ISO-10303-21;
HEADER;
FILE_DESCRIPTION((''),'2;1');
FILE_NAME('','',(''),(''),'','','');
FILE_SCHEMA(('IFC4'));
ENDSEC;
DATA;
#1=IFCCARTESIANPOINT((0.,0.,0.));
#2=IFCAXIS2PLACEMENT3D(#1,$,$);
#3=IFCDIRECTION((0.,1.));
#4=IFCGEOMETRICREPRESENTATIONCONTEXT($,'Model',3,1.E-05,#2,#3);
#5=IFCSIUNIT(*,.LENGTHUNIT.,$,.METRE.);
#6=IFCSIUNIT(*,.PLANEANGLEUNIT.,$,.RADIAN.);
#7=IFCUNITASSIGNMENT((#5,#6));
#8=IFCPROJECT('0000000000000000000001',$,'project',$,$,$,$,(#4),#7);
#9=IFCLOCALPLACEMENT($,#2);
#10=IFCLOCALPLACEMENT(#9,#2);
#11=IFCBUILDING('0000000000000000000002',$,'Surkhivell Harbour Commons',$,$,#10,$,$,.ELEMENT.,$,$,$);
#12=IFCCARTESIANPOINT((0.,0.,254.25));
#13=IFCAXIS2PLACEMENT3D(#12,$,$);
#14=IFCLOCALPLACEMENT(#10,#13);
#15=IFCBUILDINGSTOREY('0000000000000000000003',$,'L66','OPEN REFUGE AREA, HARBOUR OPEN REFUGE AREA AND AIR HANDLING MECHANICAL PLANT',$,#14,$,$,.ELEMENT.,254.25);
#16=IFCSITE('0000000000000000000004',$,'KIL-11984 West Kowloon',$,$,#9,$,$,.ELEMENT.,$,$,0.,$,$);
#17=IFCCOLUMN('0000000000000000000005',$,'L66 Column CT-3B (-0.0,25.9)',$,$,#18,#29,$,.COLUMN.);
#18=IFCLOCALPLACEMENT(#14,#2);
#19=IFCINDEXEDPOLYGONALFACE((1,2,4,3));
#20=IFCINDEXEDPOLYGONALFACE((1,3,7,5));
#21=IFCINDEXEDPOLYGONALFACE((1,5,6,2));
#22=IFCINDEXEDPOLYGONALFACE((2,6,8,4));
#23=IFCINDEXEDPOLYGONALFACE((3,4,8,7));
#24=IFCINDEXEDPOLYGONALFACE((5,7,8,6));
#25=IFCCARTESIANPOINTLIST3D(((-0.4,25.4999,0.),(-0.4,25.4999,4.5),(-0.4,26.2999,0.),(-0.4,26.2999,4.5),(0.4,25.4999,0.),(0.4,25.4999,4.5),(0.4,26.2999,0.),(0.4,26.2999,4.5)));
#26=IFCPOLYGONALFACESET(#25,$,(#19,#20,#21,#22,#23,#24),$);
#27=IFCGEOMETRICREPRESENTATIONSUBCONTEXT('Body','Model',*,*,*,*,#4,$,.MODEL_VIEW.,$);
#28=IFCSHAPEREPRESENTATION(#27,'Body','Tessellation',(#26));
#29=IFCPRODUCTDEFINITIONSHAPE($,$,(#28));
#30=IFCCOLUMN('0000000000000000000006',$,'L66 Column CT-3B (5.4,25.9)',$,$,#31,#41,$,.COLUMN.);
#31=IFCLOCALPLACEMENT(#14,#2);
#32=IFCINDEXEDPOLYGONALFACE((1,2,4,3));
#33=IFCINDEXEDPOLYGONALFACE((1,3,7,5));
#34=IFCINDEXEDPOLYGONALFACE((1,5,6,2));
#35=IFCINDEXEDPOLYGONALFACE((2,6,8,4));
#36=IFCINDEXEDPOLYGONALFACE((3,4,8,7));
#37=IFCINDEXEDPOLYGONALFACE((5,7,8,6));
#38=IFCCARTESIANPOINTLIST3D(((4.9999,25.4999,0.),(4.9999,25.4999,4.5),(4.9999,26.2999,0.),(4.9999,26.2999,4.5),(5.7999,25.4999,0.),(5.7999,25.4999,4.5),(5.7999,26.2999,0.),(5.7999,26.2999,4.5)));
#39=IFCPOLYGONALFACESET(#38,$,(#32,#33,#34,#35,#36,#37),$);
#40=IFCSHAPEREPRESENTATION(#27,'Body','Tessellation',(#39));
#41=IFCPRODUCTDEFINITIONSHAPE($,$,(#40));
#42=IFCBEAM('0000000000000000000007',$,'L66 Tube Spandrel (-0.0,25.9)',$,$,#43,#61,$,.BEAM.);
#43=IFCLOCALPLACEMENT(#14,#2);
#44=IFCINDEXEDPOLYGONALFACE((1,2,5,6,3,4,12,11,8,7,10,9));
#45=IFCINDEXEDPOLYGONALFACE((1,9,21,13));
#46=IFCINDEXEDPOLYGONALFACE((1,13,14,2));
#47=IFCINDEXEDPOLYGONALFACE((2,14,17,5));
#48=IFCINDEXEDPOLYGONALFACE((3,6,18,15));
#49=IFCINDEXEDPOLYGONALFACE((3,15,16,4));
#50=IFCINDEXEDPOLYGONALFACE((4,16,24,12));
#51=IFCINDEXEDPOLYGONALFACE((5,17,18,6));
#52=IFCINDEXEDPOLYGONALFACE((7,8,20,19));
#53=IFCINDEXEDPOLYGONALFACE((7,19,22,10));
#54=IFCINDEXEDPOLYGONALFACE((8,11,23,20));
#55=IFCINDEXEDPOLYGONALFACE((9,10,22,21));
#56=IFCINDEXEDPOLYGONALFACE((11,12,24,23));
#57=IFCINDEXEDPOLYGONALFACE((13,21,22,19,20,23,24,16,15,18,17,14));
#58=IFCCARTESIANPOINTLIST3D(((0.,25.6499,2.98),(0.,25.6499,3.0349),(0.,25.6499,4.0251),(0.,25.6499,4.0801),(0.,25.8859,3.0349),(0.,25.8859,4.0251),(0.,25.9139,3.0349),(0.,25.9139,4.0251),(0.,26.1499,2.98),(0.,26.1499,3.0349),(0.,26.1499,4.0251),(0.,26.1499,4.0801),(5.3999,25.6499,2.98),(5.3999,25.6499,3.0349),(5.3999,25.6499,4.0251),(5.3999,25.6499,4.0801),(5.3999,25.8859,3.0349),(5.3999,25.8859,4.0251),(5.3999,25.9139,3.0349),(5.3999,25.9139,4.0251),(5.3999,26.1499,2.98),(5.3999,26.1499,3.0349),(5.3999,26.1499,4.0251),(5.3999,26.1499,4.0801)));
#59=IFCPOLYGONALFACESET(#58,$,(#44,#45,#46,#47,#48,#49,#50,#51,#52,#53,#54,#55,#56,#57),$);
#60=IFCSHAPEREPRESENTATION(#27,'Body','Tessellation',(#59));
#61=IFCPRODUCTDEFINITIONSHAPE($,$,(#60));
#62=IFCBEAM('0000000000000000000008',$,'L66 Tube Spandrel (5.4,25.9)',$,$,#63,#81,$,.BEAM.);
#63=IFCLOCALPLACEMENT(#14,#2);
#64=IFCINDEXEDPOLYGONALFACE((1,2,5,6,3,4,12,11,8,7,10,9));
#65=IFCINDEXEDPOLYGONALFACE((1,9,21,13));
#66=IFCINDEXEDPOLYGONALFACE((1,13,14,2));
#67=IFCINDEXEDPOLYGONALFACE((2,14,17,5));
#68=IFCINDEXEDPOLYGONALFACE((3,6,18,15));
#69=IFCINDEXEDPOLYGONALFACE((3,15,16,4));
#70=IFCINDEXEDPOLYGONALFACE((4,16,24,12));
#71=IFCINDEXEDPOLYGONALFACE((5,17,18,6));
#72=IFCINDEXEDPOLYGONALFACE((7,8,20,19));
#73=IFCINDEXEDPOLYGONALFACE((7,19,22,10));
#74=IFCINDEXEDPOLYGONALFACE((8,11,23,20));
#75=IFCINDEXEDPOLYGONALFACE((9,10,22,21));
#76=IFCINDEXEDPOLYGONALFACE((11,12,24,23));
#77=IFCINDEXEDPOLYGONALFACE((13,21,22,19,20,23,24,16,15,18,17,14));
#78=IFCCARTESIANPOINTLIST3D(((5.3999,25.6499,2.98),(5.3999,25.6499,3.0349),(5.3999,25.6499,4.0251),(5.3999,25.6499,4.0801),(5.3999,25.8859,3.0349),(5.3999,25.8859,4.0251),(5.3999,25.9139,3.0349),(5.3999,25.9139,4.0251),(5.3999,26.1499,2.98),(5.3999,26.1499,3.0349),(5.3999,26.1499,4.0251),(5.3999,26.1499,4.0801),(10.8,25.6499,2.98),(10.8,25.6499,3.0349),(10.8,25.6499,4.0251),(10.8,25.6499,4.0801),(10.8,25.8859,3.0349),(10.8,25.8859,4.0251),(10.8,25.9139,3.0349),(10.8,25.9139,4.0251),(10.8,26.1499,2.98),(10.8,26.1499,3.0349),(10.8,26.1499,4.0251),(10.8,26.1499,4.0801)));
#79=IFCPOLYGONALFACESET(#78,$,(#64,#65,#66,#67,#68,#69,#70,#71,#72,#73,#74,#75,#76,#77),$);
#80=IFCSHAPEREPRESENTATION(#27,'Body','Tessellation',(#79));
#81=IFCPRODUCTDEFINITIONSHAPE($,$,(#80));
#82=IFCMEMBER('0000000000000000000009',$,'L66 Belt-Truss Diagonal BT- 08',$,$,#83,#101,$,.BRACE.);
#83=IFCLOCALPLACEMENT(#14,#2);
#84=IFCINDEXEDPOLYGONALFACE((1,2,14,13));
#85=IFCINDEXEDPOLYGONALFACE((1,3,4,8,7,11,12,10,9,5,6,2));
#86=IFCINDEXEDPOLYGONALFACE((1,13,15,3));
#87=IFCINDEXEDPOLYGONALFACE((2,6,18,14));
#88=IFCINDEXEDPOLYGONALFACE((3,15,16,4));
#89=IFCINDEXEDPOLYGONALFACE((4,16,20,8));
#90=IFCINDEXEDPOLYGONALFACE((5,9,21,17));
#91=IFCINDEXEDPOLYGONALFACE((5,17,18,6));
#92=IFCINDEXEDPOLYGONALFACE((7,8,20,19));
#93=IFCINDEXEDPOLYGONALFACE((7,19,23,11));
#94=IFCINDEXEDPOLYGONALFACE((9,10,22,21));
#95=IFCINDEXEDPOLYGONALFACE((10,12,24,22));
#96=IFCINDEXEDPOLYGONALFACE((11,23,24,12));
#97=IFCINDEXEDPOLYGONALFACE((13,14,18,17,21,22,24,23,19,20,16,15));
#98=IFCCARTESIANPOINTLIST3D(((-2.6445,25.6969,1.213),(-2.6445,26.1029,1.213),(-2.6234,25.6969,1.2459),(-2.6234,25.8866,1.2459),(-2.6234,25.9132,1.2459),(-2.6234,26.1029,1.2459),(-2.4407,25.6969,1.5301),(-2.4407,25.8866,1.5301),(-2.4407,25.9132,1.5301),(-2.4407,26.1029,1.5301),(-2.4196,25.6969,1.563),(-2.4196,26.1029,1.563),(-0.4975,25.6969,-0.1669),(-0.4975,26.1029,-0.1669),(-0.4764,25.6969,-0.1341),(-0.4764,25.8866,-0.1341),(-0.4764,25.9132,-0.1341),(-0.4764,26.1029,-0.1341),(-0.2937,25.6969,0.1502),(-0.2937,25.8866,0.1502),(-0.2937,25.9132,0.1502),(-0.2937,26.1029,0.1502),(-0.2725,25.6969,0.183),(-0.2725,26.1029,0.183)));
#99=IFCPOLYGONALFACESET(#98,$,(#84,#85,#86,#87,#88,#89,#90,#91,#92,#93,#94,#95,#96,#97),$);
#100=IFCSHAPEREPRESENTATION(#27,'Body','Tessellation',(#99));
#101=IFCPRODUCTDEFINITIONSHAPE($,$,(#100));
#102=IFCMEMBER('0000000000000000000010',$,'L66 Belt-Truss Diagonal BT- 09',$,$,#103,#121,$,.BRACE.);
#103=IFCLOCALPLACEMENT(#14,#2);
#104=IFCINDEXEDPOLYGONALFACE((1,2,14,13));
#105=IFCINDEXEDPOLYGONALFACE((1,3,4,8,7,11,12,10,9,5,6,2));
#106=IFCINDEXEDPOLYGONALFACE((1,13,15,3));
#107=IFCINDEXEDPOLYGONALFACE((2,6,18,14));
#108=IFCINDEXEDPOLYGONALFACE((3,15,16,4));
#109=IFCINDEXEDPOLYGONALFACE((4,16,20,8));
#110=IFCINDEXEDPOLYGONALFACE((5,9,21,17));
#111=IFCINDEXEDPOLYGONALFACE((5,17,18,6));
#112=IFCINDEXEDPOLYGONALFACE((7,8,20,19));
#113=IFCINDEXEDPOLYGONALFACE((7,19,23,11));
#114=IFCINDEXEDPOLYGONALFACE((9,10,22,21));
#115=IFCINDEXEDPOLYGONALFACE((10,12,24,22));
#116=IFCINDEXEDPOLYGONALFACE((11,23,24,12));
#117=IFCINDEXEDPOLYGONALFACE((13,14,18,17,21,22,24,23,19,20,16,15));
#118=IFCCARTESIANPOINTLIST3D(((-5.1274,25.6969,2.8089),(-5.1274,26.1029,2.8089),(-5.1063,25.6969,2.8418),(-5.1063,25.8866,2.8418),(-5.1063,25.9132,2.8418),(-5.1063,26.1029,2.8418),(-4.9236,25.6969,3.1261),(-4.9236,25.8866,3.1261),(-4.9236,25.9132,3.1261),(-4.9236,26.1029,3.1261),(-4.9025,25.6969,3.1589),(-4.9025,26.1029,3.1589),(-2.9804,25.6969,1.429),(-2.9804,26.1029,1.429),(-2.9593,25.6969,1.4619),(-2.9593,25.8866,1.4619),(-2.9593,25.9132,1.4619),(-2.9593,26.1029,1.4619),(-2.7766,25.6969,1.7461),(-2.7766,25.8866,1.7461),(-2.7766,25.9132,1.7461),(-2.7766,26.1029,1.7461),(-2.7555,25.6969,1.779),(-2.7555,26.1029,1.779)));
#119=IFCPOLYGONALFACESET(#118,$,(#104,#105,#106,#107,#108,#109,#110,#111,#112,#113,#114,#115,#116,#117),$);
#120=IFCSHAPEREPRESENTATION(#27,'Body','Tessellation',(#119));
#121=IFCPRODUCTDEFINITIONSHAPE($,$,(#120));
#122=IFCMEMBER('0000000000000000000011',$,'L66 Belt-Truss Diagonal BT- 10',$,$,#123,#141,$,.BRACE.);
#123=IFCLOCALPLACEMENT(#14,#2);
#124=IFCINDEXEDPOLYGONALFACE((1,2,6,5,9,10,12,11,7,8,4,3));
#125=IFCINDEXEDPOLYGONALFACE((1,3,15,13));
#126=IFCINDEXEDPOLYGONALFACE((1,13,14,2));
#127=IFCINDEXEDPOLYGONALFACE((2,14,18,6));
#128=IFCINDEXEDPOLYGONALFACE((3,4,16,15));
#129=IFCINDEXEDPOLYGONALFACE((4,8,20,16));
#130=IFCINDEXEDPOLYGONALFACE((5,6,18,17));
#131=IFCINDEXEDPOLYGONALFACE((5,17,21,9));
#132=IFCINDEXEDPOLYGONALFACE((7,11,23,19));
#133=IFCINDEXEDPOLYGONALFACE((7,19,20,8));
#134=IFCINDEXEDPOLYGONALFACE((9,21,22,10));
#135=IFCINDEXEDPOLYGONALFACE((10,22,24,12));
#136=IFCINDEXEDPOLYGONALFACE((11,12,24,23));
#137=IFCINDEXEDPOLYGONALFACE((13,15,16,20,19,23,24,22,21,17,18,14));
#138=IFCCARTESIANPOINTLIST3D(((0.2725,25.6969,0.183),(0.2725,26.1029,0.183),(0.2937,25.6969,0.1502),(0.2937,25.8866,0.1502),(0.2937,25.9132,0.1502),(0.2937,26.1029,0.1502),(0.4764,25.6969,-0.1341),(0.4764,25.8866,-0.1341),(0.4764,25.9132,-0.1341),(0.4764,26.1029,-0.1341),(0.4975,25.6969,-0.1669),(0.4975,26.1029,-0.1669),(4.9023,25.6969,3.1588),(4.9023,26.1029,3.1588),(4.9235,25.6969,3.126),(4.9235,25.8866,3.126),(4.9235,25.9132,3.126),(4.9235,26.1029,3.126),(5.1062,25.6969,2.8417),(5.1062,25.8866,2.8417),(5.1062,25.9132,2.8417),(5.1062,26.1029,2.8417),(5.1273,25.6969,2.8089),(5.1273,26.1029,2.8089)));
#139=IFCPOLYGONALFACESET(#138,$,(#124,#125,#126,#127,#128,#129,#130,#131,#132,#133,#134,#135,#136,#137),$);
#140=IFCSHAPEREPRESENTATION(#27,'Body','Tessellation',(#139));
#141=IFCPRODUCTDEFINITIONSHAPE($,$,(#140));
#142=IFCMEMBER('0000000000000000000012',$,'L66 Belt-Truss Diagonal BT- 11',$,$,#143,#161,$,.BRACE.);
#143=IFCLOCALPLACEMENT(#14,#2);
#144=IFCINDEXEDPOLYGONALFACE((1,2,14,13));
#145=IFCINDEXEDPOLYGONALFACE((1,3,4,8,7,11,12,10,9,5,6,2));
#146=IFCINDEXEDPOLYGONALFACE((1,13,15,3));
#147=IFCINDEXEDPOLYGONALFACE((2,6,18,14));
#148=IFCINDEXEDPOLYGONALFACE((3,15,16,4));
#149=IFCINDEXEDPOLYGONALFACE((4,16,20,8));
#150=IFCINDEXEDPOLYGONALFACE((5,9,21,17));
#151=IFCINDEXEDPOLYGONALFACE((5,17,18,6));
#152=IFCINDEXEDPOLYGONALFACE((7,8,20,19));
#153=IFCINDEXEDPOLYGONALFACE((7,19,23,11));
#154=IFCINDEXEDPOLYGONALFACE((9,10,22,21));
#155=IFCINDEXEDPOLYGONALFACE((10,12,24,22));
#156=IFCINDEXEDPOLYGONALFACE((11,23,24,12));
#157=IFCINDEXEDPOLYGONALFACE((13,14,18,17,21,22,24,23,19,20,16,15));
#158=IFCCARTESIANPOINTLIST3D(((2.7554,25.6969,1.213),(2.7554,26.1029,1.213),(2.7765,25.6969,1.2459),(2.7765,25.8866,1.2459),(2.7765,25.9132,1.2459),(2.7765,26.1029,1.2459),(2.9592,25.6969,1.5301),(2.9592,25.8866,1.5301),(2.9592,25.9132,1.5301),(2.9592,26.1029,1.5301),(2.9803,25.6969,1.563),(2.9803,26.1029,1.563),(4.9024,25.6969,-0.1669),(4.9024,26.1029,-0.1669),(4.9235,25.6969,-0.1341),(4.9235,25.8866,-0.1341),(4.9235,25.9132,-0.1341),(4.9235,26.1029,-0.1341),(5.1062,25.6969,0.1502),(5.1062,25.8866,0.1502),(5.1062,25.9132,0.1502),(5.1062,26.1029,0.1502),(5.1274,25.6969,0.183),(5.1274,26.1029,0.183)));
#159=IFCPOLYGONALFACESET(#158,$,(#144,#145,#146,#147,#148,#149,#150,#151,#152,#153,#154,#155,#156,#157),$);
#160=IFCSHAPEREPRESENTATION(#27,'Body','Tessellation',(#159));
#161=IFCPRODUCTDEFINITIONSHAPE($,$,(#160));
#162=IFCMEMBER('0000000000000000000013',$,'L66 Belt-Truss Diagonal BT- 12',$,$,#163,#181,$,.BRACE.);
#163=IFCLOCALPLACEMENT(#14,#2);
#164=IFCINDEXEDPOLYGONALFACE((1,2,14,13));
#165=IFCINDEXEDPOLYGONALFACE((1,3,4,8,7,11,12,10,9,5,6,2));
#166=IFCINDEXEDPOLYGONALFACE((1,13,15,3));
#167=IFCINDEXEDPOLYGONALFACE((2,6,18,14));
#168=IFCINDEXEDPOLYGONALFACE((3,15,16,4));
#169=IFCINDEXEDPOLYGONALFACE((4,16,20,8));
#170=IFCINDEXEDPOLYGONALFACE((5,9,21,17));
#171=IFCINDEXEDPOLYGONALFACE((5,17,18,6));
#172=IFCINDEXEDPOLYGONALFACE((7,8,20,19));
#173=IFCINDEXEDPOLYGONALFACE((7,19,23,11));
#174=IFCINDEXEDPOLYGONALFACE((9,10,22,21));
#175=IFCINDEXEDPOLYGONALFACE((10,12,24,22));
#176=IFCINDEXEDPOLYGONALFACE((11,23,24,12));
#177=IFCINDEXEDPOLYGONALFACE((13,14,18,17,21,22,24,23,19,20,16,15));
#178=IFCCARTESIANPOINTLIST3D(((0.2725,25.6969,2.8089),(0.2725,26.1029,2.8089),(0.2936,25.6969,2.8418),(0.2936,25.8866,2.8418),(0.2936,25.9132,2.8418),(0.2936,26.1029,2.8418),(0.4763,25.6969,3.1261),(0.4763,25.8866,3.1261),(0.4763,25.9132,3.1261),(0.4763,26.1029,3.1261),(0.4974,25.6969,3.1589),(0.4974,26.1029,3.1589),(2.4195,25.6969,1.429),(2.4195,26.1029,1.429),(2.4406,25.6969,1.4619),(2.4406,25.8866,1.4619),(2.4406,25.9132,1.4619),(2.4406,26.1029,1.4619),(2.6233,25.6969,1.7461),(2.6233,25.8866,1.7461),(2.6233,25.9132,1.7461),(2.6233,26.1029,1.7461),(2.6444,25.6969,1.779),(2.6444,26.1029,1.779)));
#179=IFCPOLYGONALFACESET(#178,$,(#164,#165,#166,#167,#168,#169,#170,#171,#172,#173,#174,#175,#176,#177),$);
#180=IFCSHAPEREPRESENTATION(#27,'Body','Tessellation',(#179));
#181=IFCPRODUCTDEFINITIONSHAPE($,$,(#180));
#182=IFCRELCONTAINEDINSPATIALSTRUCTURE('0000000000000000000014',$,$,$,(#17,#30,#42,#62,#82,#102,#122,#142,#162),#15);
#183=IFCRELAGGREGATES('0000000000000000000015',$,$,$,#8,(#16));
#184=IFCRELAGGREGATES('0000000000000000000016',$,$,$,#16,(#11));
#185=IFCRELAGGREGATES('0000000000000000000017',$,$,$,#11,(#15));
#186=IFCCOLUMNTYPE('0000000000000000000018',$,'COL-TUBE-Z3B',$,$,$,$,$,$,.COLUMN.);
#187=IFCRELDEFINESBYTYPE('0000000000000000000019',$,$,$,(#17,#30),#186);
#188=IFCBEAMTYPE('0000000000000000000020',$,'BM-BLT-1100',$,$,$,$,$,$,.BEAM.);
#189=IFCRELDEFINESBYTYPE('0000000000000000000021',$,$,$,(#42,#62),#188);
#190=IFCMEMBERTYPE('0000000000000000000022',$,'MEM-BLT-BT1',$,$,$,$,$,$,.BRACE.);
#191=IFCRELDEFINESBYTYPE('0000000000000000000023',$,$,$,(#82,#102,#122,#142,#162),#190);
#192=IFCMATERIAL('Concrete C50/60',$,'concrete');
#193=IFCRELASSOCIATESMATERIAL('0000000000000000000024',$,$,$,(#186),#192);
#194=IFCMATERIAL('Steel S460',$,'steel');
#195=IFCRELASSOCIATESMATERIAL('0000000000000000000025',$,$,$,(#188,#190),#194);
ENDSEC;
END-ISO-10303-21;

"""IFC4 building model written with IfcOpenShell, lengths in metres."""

from ifc_helpers import new_model, si_unit, direction, frame, origin, origin_2d, place, context, subcontext, project, spatial, rectangle, i_section, extrude, material, material_profile, profile_set, type_object, element, save


model = new_model("IFC4")

# Units and contexts
model_context = context("Model", 3, precision=1e-05, world=origin(), true_north=direction((0.0, 1.0)))
body_context = subcontext(model_context, "Body", "Model", "MODEL_VIEW")
ifc_project = project(units=[si_unit("LENGTHUNIT", "METRE"), si_unit("PLANEANGLEUNIT", "RADIAN")], contexts=[model_context])

# Site, building, storey
site_placement = place(None, origin())
site = spatial("IfcSite", under=ifc_project, at=site_placement, Name="KIL-11984 West Kowloon", CompositionType="ELEMENT", RefElevation=0.0)
building_placement = place(site_placement, origin())
building = spatial("IfcBuilding", under=site, at=building_placement, Name="Surkhivell Harbour Commons", CompositionType="ELEMENT")
storey_placement = place(building_placement, frame((0.0, 0.0, 254.25)))
storey = spatial("IfcBuildingStorey", under=building, at=storey_placement, Name="L66", Description="OPEN REFUGE AREA, HARBOUR OPEN REFUGE AREA AND AIR HANDLING MECHANICAL PLANT", CompositionType="ELEMENT", Elevation=254.25)

# Columns
ifc_material_1 = material(Name="Concrete C50/60", Category="concrete")
ifc_material_profile_1 = material_profile(ifc_material_1, rectangle(XDim=0.8, YDim=0.8, at=origin_2d()), Name="RC-COL-800x800")
ifc_profile_set_1 = profile_set([ifc_material_profile_1], Name="Concrete C50/60")
column_type = type_object("IfcColumnType", Name="COL-TUBE-Z3B", PredefinedType="COLUMN", material=ifc_profile_set_1)
for number, where, z_axis, x_axis, name in (
    (1, (0.0, 25.8999, 0.0), (0.0, 0.0, 1.0), (1.0, 0.0, 0.0), "L66 Column CT-3B (-0.0,25.9)"),
    (2, (5.3999, 25.8999, 0.0), (0.0, 0.0, 1.0), (1.0, 0.0, 0.0), "L66 Column CT-3B (5.4,25.9)"),
):
    element("IfcColumn", number, at=place(storey_placement, frame(where, z_axis=z_axis, x_axis=x_axis)), inside=storey, type_object=column_type, Name=name, PredefinedType="COLUMN", context=body_context, shape_type="SweptSolid", body=[
        extrude(rectangle(XDim=0.8, YDim=0.8, at=origin_2d()), origin(), (0.0, 0.0, 1.0), 4.5),
    ])

# Beams
ifc_material_2 = material(Name="Steel S460", Category="steel")
ifc_material_profile_2 = material_profile(ifc_material_2, i_section(OverallWidth=0.5, OverallDepth=1.1001, WebThickness=0.0281, FlangeThickness=0.0549, at=origin_2d()), Name="WPG1100x500x210")
ifc_profile_set_2 = profile_set([ifc_material_profile_2], Name="Steel S460")
beam_type = type_object("IfcBeamType", Name="BM-BLT-1100", PredefinedType="BEAM", material=ifc_profile_set_2)
beam_1_placement = place(storey_placement, frame((0.0, 25.8999, 3.53), z_axis=(1.0, 0.0, 0.0), x_axis=(0.0, 1.0, 0.0)))
element("IfcBeam", 3, at=beam_1_placement, inside=storey, type_object=beam_type, Name="L66 Tube Spandrel (-0.0,25.9)", PredefinedType="BEAM", context=body_context, shape_type="SweptSolid", body=[
    extrude(i_section(OverallWidth=0.5, OverallDepth=1.1001, WebThickness=0.0281, FlangeThickness=0.0549, at=origin_2d()), origin(), (0.0, 0.0, 1.0), 5.3999),
])
beam_2_placement = place(storey_placement, frame((5.3999, 25.8999, 3.53), z_axis=(1.0, 0.0, 0.0), x_axis=(0.0, 1.0, 0.0)))
element("IfcBeam", 4, at=beam_2_placement, inside=storey, type_object=beam_type, Name="L66 Tube Spandrel (5.4,25.9)", PredefinedType="BEAM", context=body_context, shape_type="SweptSolid", body=[
    extrude(i_section(OverallWidth=0.5, OverallDepth=1.1001, WebThickness=0.0281, FlangeThickness=0.0549, at=origin_2d()), origin(), (0.0, 0.0, 1.0), 5.4001),
])

# Members
ifc_material_profile_3 = material_profile(ifc_material_2, i_section(OverallWidth=0.406, OverallDepth=0.416, WebThickness=0.0266, FlangeThickness=0.0391, at=origin_2d()), Name="HD400x382")
ifc_profile_set_3 = profile_set([ifc_material_profile_3], Name="Steel S460")
member_type_1 = type_object("IfcMemberType", Name="MEM-BLT-BT1", PredefinedType="BRACE", material=ifc_profile_set_3)
for number, where, z_axis, x_axis, name in (
    (5, (-0.385, 25.8999, 0.0081), (-0.841234, 0.0, 0.540671), (0.0, -1.0, 0.0), "L66 Belt-Truss Diagonal BT- 08"),
    (6, (-2.8679, 25.8999, 1.604), (-0.841234, 0.0, 0.540671), (0.0, -1.0, 0.0), "L66 Belt-Truss Diagonal BT- 09"),
):
    element("IfcMember", number, at=place(storey_placement, frame(where, z_axis=z_axis, x_axis=x_axis)), inside=storey, type_object=member_type_1, Name=name, PredefinedType="BRACE", context=body_context, shape_type="SweptSolid", body=[
        extrude(i_section(OverallWidth=0.406, OverallDepth=0.416, WebThickness=0.0266, FlangeThickness=0.0391, at=origin_2d()), origin(), (0.0, 0.0, 1.0), 2.5522),
    ])
member_1_placement = place(storey_placement, frame((0.385, 25.8999, 0.0081), z_axis=(0.841222, 0.0, 0.54069), x_axis=(0.0, 1.0, 0.0)))
element("IfcMember", 7, at=member_1_placement, inside=storey, type_object=member_type_1, Name="L66 Belt-Truss Diagonal BT- 10", PredefinedType="BRACE", context=body_context, shape_type="SweptSolid", body=[
    extrude(i_section(OverallWidth=0.406, OverallDepth=0.416, WebThickness=0.0266, FlangeThickness=0.0391, at=origin_2d()), origin(), (0.0, 0.0, 1.0), 5.5037),
])
for number, where, z_axis, x_axis, name in (
    (8, (5.0149, 25.8999, 0.0081), (-0.841234, 0.0, 0.540671), (0.0, -1.0, 0.0), "L66 Belt-Truss Diagonal BT- 11"),
    (9, (2.532, 25.8999, 1.604), (-0.841234, 0.0, 0.540671), (0.0, -1.0, 0.0), "L66 Belt-Truss Diagonal BT- 12"),
):
    element("IfcMember", number, at=place(storey_placement, frame(where, z_axis=z_axis, x_axis=x_axis)), inside=storey, type_object=member_type_1, Name=name, PredefinedType="BRACE", context=body_context, shape_type="SweptSolid", body=[
        extrude(i_section(OverallWidth=0.406, OverallDepth=0.416, WebThickness=0.0266, FlangeThickness=0.0391, at=origin_2d()), origin(), (0.0, 0.0, 1.0), 2.5522),
    ])

save(model, "model.ifc")
